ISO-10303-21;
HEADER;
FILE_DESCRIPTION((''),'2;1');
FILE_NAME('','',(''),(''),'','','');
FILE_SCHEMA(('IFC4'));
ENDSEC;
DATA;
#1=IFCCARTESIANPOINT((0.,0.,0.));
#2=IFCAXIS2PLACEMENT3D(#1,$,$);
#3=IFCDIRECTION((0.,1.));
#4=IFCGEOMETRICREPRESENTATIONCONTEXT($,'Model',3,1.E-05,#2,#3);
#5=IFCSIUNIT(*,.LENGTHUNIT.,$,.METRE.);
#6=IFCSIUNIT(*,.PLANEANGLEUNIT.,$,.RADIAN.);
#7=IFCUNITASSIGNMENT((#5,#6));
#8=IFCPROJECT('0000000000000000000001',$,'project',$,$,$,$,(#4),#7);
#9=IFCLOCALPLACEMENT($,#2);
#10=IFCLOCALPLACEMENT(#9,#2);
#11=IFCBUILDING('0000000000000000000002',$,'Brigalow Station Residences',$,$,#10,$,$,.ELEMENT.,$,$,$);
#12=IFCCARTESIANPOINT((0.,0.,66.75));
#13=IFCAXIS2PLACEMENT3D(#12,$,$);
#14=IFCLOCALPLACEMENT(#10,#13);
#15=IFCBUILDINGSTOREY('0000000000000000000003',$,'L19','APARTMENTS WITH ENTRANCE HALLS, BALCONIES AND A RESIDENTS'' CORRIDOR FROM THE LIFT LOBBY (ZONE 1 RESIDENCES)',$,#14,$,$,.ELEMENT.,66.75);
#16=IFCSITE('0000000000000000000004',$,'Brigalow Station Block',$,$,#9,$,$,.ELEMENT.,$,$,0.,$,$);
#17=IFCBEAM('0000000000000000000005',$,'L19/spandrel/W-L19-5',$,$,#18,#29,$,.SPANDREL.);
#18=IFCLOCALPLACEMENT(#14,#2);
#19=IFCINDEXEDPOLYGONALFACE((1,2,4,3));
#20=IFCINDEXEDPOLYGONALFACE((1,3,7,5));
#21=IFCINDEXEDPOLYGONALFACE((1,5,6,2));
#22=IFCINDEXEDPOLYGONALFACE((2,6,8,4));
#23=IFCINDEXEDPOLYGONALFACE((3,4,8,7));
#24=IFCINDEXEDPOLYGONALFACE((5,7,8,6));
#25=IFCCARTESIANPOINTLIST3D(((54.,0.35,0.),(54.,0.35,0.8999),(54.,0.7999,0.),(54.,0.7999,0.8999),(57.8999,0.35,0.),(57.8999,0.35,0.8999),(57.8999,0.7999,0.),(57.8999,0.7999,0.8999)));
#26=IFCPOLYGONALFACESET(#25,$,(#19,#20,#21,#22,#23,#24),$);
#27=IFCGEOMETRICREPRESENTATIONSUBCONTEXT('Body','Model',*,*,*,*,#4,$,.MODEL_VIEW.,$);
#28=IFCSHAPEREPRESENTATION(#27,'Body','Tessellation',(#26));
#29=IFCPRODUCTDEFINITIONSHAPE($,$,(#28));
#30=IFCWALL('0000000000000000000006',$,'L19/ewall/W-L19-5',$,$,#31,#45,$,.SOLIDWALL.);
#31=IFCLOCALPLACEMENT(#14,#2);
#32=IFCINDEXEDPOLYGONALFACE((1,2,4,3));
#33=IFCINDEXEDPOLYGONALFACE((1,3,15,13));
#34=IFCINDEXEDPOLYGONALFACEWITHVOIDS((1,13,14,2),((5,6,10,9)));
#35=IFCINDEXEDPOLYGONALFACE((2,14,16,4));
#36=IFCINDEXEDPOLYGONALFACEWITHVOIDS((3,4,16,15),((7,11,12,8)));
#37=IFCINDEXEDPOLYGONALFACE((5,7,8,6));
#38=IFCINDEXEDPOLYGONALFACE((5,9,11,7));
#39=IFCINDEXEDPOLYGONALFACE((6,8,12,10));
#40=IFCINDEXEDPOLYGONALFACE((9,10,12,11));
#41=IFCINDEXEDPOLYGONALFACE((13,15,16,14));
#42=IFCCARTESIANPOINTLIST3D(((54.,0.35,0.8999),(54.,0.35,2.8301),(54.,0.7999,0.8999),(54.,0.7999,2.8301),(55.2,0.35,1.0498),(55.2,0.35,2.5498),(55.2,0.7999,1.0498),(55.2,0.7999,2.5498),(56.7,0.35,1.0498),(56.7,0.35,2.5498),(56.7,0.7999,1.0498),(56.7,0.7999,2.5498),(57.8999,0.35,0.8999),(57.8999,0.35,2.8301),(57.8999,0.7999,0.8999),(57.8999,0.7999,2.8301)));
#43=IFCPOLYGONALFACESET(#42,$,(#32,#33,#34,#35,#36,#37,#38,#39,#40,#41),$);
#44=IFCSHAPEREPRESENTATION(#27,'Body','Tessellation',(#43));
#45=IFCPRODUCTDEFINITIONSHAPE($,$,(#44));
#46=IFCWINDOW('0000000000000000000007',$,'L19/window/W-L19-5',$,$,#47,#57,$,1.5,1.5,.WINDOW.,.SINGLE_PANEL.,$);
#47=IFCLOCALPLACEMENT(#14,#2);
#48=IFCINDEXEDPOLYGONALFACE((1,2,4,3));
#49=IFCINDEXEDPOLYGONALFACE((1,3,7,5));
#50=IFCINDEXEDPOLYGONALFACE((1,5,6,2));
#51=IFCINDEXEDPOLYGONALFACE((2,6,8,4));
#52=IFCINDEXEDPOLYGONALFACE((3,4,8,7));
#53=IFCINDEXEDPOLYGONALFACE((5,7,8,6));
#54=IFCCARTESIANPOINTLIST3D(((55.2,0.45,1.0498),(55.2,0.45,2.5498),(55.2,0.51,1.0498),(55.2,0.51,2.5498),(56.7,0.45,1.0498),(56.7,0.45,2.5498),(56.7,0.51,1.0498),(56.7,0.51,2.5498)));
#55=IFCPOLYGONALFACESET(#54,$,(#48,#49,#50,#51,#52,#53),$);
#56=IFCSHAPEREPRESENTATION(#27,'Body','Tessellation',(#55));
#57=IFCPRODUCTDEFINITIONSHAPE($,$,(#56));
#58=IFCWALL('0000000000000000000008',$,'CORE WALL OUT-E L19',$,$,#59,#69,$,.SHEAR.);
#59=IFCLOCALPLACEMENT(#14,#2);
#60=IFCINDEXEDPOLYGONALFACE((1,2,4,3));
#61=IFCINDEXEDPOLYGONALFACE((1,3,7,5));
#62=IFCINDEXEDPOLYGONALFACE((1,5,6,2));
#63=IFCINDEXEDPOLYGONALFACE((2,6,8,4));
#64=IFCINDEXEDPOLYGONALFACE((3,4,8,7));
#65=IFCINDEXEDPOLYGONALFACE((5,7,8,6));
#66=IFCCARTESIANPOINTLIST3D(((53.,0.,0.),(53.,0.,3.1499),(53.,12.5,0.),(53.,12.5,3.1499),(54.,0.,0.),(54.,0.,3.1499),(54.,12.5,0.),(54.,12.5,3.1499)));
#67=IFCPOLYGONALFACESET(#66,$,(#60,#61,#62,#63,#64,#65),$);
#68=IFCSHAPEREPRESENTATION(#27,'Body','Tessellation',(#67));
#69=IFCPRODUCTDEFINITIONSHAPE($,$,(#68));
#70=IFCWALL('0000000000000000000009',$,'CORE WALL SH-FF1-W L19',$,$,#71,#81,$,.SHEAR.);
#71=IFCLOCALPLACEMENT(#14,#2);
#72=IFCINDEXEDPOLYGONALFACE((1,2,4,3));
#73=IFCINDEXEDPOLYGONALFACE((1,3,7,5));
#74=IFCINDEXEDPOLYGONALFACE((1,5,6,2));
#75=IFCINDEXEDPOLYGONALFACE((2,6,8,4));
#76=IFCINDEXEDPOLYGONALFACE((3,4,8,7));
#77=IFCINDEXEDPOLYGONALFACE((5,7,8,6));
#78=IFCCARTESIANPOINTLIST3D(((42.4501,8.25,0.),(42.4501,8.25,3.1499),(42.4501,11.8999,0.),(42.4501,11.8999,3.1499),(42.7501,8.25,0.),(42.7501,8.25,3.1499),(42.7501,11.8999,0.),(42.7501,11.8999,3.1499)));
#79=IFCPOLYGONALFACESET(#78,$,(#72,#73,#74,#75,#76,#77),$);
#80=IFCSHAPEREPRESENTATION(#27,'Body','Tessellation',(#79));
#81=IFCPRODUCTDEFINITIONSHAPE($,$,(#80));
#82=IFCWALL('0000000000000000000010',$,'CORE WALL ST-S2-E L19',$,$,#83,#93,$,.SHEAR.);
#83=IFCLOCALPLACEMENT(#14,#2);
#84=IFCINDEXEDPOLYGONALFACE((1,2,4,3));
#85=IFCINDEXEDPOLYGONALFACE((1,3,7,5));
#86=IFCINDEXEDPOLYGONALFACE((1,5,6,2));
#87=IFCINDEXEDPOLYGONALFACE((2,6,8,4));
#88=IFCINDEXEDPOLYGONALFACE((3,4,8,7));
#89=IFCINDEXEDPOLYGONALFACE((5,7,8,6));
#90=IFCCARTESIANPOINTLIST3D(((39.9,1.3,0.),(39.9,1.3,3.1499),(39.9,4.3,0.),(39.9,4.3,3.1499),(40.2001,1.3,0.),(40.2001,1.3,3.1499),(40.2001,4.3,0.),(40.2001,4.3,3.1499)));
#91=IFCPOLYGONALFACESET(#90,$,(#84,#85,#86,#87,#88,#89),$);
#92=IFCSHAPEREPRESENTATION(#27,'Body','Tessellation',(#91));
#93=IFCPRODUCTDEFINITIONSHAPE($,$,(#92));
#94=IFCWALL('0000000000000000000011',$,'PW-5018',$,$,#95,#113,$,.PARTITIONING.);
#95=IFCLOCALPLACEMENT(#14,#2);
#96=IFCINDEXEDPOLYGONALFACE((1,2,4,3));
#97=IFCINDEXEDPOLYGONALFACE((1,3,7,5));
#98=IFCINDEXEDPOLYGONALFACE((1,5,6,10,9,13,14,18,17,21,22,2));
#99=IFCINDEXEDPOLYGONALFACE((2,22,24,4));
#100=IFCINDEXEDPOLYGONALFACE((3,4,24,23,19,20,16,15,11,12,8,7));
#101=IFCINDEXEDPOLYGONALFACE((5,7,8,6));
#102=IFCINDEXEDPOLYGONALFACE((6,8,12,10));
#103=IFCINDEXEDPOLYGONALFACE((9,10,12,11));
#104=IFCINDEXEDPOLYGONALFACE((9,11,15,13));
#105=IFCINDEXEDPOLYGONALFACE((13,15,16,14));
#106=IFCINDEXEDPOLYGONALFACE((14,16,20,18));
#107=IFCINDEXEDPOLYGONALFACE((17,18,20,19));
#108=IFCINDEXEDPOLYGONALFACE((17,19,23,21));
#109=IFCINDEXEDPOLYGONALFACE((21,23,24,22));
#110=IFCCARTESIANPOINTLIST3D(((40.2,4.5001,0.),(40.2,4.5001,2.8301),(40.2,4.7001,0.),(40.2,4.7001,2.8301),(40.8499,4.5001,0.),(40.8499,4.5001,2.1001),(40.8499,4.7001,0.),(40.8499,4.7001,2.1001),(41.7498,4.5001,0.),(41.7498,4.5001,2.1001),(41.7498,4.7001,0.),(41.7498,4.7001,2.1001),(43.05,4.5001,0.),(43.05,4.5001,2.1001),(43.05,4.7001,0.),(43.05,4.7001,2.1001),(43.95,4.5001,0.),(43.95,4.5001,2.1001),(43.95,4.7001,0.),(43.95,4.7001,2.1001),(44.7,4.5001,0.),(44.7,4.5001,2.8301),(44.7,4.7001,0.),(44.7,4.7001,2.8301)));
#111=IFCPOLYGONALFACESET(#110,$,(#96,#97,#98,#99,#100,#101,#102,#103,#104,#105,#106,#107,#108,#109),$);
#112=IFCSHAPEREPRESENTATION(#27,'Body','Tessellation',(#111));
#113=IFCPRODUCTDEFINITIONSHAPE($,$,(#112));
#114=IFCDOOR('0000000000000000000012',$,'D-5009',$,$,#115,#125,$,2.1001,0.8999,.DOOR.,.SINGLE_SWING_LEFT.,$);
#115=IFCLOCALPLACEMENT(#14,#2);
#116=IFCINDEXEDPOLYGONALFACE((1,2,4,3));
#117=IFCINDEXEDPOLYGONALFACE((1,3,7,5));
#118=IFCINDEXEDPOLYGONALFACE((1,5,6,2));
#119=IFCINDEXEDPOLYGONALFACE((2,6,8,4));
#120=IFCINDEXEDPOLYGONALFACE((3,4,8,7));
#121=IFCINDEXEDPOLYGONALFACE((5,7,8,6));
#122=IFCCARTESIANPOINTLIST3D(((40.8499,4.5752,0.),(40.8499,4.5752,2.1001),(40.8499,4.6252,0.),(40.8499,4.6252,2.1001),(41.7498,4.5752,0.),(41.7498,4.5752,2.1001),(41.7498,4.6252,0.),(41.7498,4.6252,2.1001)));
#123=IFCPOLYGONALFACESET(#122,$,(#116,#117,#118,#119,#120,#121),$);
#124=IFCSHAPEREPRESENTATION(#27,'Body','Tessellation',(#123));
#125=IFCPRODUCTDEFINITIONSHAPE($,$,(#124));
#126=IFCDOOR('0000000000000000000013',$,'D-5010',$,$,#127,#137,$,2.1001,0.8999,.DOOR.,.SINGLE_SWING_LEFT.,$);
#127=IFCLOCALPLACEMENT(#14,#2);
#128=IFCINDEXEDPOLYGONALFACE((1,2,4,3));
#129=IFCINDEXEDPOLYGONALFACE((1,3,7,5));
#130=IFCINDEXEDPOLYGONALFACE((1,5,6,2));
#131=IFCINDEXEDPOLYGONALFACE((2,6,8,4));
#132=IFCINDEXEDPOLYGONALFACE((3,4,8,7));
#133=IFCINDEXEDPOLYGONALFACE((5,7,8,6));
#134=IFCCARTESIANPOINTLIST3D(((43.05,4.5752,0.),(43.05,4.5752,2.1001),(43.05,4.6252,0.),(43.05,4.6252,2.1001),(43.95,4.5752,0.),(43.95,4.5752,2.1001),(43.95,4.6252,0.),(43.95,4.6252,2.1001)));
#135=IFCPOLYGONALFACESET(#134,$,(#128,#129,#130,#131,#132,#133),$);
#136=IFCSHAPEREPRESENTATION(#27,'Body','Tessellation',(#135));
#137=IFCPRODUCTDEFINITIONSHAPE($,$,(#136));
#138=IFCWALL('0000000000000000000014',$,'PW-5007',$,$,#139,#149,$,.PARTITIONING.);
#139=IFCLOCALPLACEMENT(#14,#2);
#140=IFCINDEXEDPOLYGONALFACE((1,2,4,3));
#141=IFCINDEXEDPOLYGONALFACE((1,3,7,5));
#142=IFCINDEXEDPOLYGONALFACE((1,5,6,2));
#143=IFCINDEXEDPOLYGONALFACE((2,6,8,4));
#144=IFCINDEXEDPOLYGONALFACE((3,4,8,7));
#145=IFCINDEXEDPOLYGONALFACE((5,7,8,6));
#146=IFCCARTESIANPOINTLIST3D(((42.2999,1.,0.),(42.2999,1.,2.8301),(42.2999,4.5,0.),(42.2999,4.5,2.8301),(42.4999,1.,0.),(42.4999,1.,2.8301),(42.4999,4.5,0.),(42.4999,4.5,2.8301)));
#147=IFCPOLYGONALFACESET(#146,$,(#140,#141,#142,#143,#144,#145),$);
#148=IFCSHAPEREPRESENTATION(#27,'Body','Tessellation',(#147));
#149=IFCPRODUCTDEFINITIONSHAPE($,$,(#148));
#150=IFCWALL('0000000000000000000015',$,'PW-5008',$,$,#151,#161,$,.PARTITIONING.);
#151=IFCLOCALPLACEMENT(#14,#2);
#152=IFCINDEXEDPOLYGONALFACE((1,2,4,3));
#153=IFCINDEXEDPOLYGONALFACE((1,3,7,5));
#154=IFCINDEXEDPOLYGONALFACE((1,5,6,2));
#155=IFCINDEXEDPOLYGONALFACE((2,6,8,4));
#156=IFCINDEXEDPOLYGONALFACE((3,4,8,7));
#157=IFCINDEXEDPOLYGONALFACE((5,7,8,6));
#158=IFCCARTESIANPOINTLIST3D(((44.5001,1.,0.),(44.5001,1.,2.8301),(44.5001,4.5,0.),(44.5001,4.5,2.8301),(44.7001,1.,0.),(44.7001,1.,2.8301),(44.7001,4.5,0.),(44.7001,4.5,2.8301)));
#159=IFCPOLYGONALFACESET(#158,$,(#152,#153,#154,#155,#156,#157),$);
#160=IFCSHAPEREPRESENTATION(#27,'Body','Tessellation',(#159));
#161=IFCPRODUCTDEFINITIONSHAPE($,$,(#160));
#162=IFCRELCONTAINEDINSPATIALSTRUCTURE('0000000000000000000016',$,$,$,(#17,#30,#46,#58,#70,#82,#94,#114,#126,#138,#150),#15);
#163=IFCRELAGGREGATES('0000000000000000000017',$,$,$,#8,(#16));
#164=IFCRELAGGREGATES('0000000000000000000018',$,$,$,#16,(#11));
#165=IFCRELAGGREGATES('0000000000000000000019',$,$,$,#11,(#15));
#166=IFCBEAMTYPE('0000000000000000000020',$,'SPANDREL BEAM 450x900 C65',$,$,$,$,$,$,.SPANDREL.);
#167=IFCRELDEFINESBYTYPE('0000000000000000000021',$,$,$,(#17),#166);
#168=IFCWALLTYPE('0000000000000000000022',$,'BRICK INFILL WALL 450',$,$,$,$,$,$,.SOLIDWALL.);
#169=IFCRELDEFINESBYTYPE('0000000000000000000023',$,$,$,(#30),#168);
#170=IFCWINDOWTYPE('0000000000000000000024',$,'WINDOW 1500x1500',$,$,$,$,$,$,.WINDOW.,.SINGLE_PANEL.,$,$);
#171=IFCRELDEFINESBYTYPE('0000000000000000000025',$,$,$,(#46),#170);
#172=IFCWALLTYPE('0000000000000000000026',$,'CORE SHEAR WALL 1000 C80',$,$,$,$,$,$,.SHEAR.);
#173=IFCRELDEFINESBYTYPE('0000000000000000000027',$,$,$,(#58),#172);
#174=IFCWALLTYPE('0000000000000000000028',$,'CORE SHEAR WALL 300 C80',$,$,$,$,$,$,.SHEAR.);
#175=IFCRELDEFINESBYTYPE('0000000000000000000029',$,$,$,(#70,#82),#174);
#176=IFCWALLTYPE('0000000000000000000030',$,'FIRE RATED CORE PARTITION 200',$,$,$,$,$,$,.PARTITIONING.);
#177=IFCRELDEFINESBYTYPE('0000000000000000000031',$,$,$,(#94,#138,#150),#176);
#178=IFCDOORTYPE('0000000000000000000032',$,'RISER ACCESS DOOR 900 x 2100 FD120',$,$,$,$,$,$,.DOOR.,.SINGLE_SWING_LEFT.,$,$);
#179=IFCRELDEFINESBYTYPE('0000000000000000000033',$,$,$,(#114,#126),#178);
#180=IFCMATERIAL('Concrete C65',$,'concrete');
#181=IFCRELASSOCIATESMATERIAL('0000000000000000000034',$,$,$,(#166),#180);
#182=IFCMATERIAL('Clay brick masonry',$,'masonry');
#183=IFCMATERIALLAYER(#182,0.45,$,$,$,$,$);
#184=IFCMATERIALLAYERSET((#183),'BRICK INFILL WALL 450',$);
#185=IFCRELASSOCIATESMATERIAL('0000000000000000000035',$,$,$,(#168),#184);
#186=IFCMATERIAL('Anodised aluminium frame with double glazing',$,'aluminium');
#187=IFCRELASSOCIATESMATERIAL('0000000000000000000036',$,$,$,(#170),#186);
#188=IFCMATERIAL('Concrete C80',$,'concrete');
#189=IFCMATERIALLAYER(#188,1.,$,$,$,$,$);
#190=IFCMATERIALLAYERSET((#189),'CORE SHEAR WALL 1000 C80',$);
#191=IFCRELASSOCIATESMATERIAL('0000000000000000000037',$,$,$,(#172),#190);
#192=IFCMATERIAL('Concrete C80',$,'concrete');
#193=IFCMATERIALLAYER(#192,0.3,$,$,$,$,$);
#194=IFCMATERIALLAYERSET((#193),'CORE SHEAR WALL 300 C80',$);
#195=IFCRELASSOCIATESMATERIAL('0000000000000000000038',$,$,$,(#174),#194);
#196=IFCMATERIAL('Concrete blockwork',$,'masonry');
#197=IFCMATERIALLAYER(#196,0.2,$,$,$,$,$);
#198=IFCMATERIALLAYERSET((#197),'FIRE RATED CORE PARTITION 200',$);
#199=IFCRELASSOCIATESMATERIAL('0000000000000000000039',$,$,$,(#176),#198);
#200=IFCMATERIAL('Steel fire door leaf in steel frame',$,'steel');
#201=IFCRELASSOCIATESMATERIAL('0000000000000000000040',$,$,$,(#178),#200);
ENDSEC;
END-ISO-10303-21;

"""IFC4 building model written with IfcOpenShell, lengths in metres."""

from ifc_helpers import new_model, si_unit, direction, frame, frame_2d, origin, origin_2d, place, context, subcontext, project, spatial, rectangle, extrude, material, layer, layer_set, material_profile, profile_set, type_object, element, fill, save


model = new_model("IFC4")

# Units and contexts
model_context = context("Model", 3, precision=1e-05, world=origin(), true_north=direction((0.0, 1.0)))
body_context = subcontext(model_context, "Body", "Model", "MODEL_VIEW")
ifc_project = project(units=[si_unit("LENGTHUNIT", "METRE"), si_unit("PLANEANGLEUNIT", "RADIAN")], contexts=[model_context])

# Site, building, storey
site_placement = place(None, origin())
site = spatial("IfcSite", under=ifc_project, at=site_placement, Name="Brigalow Station Block", CompositionType="ELEMENT", RefElevation=0.0)
building_placement = place(site_placement, origin())
building = spatial("IfcBuilding", under=site, at=building_placement, Name="Brigalow Station Residences", CompositionType="ELEMENT")
storey_placement = place(building_placement, frame((0.0, 0.0, 66.75)))
storey = spatial("IfcBuildingStorey", under=building, at=storey_placement, Name="L19", Description="APARTMENTS WITH ENTRANCE HALLS, BALCONIES AND A RESIDENTS' CORRIDOR FROM THE LIFT LOBBY (ZONE 1 RESIDENCES)", CompositionType="ELEMENT", Elevation=66.75)

# Beam
ifc_material_1 = material(Name="Concrete C65", Category="concrete")
ifc_material_profile = material_profile(ifc_material_1, rectangle(XDim=0.45, YDim=0.8999, at=origin_2d()), Name="RC450x900")
ifc_profile_set = profile_set([ifc_material_profile], Name="Concrete C65")
beam_type = type_object("IfcBeamType", Name="SPANDREL BEAM 450x900 C65", PredefinedType="SPANDREL", material=ifc_profile_set)
beam_placement = place(storey_placement, frame((54.0, 0.575, 0.45), z_axis=(1.0, 0.0, 0.0), x_axis=(0.0, 1.0, 0.0)))
element("IfcBeam", 1, at=beam_placement, inside=storey, type_object=beam_type, Name="L19/spandrel/W-L19-5", PredefinedType="SPANDREL", context=body_context, shape_type="SweptSolid", body=[
    extrude(rectangle(XDim=0.45, YDim=0.8999, at=origin_2d()), origin(), (0.0, 0.0, 1.0), 3.8999),
])

# Wall, opening, window
ifc_material_2 = material(Name="Clay brick masonry", Category="masonry")
ifc_layer_1 = layer(ifc_material_2, 0.45)
ifc_layer_set_1 = layer_set([ifc_layer_1], Name="BRICK INFILL WALL 450")
wall_type_1 = type_object("IfcWallType", Name="BRICK INFILL WALL 450", PredefinedType="SOLIDWALL", material=ifc_layer_set_1)
wall_1_placement = place(storey_placement, frame((54.0, 0.575, 0.8999), z_axis=(0.0, 0.0, 1.0), x_axis=(1.0, 0.0, 0.0)))
wall_1 = element("IfcWall", 2, at=wall_1_placement, inside=storey, type_object=wall_type_1, Name="L19/ewall/W-L19-5", PredefinedType="SOLIDWALL", context=body_context, shape_type="SweptSolid", body=[
    extrude(rectangle(XDim=3.8999, YDim=0.45, at=frame_2d((1.95, 0.0))), origin(), (0.0, 0.0, 1.0), 1.9302),
])
opening_1_placement = place(wall_1_placement, frame((1.2, 0.0, 0.1499)))
opening_1 = element("IfcOpeningElement", 3, at=opening_1_placement, cuts=wall_1, PredefinedType="OPENING", context=body_context, shape_type="SweptSolid", body=[
    extrude(rectangle(XDim=1.5, YDim=1.5, at=frame_2d((0.75, 0.75))), frame((0.0, 0.2349, 0.0), z_axis=(0.0, -1.0, 0.0), x_axis=(1.0, 0.0, 0.0)), (0.0, 0.0, 1.0), 0.47),
])
ifc_material_3 = material(Name="Anodised aluminium frame with double glazing", Category="aluminium")
window_type = type_object("IfcWindowType", Name="WINDOW 1500x1500", PartitioningType="SINGLE_PANEL", PredefinedType="WINDOW", material=ifc_material_3)
window_placement = place(opening_1_placement, origin())
window = element("IfcWindow", 4, at=window_placement, inside=storey, type_object=window_type, Name="L19/window/W-L19-5", OverallHeight=1.5, OverallWidth=1.5, PartitioningType="SINGLE_PANEL", PredefinedType="WINDOW", context=body_context, shape_type="SweptSolid", body=[
    extrude(rectangle(XDim=1.5, YDim=1.5, at=frame_2d((0.75, 0.75))), frame((0.0, -0.0649, 0.0), z_axis=(0.0, -1.0, 0.0), x_axis=(1.0, 0.0, 0.0)), (0.0, 0.0, 1.0), 0.0601),
])
fill(opening_1, window)

# Walls
ifc_material_4 = material(Name="Concrete C80", Category="concrete")
ifc_layer_2 = layer(ifc_material_4, 1.0)
ifc_layer_set_2 = layer_set([ifc_layer_2], Name="CORE SHEAR WALL 1000 C80")
wall_type_2 = type_object("IfcWallType", Name="CORE SHEAR WALL 1000 C80", PredefinedType="SHEAR", material=ifc_layer_set_2)
wall_2_placement = place(storey_placement, frame((53.5, 0.0, 0.0), z_axis=(0.0, 0.0, 1.0), x_axis=(0.0, 1.0, 0.0)))
element("IfcWall", 5, at=wall_2_placement, inside=storey, type_object=wall_type_2, Name="CORE WALL OUT-E L19", PredefinedType="SHEAR", context=body_context, shape_type="SweptSolid", body=[
    extrude(rectangle(XDim=12.5, YDim=1.0, at=frame_2d((6.25, 0.0))), origin(), (0.0, 0.0, 1.0), 3.1499),
])
ifc_material_5 = material(Name="Concrete C80", Category="concrete")
ifc_layer_3 = layer(ifc_material_5, 0.3)
ifc_layer_set_3 = layer_set([ifc_layer_3], Name="CORE SHEAR WALL 300 C80")
wall_type_3 = type_object("IfcWallType", Name="CORE SHEAR WALL 300 C80", PredefinedType="SHEAR", material=ifc_layer_set_3)
wall_3_placement = place(storey_placement, frame((42.6001, 8.25, 0.0), z_axis=(0.0, 0.0, 1.0), x_axis=(0.0, 1.0, 0.0)))
element("IfcWall", 6, at=wall_3_placement, inside=storey, type_object=wall_type_3, Name="CORE WALL SH-FF1-W L19", PredefinedType="SHEAR", context=body_context, shape_type="SweptSolid", body=[
    extrude(rectangle(XDim=3.6499, YDim=0.3, at=frame_2d((1.825, 0.0))), origin(), (0.0, 0.0, 1.0), 3.1499),
])
wall_4_placement = place(storey_placement, frame((40.05, 1.3, 0.0), z_axis=(0.0, 0.0, 1.0), x_axis=(0.0, 1.0, 0.0)))
element("IfcWall", 7, at=wall_4_placement, inside=storey, type_object=wall_type_3, Name="CORE WALL ST-S2-E L19", PredefinedType="SHEAR", context=body_context, shape_type="SweptSolid", body=[
    extrude(rectangle(XDim=3.0, YDim=0.3, at=frame_2d((1.5, 0.0))), origin(), (0.0, 0.0, 1.0), 3.1499),
])

# Wall, openings, doors
ifc_material_6 = material(Name="Concrete blockwork", Category="masonry")
ifc_layer_4 = layer(ifc_material_6, 0.2)
ifc_layer_set_4 = layer_set([ifc_layer_4], Name="FIRE RATED CORE PARTITION 200")
wall_type_4 = type_object("IfcWallType", Name="FIRE RATED CORE PARTITION 200", PredefinedType="PARTITIONING", material=ifc_layer_set_4)
wall_5_placement = place(storey_placement, frame((40.2, 4.6001, 0.0), z_axis=(0.0, 0.0, 1.0), x_axis=(1.0, 0.0, 0.0)))
wall_5 = element("IfcWall", 8, at=wall_5_placement, inside=storey, type_object=wall_type_4, Name="PW-5018", PredefinedType="PARTITIONING", context=body_context, shape_type="SweptSolid", body=[
    extrude(rectangle(XDim=4.5, YDim=0.2, at=frame_2d((2.25, 0.0))), origin(), (0.0, 0.0, 1.0), 2.8301),
])
opening_2_placement = place(wall_5_placement, frame((0.6499, 0.0, 0.0)))
opening_2 = element("IfcOpeningElement", 9, at=opening_2_placement, cuts=wall_5, PredefinedType="OPENING", context=body_context, shape_type="SweptSolid", body=[
    extrude(rectangle(XDim=0.8999, YDim=2.1001, at=frame_2d((0.45, 1.05))), frame((0.0, 0.1099, 0.0), z_axis=(0.0, -1.0, 0.0), x_axis=(1.0, 0.0, 0.0)), (0.0, 0.0, 1.0), 0.22),
])
opening_3_placement = place(wall_5_placement, frame((2.8501, 0.0, 0.0)))
opening_3 = element("IfcOpeningElement", 10, at=opening_3_placement, cuts=wall_5, PredefinedType="OPENING", context=body_context, shape_type="SweptSolid", body=[
    extrude(rectangle(XDim=0.8999, YDim=2.1001, at=frame_2d((0.45, 1.05))), frame((0.0, 0.1099, 0.0), z_axis=(0.0, -1.0, 0.0), x_axis=(1.0, 0.0, 0.0)), (0.0, 0.0, 1.0), 0.22),
])
ifc_material_7 = material(Name="Steel fire door leaf in steel frame", Category="steel")
door_type_1 = type_object("IfcDoorType", Name="RISER ACCESS DOOR 900 x 2100 FD120", OperationType="SINGLE_SWING_LEFT", PredefinedType="DOOR", material=ifc_material_7)
door_1_placement = place(opening_2_placement, frame((0.8999, 0.0, 0.0), z_axis=(0.0, 0.0, 1.0), x_axis=(-1.0, 0.0, 0.0)))
door_1 = element("IfcDoor", 11, at=door_1_placement, inside=storey, type_object=door_type_1, Name="D-5009", OperationType="SINGLE_SWING_LEFT", OverallHeight=2.1001, OverallWidth=0.8999, PredefinedType="DOOR", context=body_context, shape_type="SweptSolid", body=[
    extrude(rectangle(XDim=0.8999, YDim=2.1001, at=frame_2d((0.45, 1.05))), frame((0.0, 0.0249, 0.0), z_axis=(0.0, -1.0, 0.0), x_axis=(1.0, 0.0, 0.0)), (0.0, 0.0, 1.0), 0.05),
])
fill(opening_2, door_1)
door_2_placement = place(opening_3_placement, frame((0.8999, 0.0, 0.0), z_axis=(0.0, 0.0, 1.0), x_axis=(-1.0, 0.0, 0.0)))
door_2 = element("IfcDoor", 12, at=door_2_placement, inside=storey, type_object=door_type_1, Name="D-5010", OperationType="SINGLE_SWING_LEFT", OverallHeight=2.1001, OverallWidth=0.8999, PredefinedType="DOOR", context=body_context, shape_type="SweptSolid", body=[
    extrude(rectangle(XDim=0.8999, YDim=2.1001, at=frame_2d((0.45, 1.05))), frame((0.0, 0.0249, 0.0), z_axis=(0.0, -1.0, 0.0), x_axis=(1.0, 0.0, 0.0)), (0.0, 0.0, 1.0), 0.05),
])
fill(opening_3, door_2)

# Walls
for number, where, z_axis, x_axis, name in (
    (13, (42.3999, 1.0, 0.0), (0.0, 0.0, 1.0), (0.0, 1.0, 0.0), "PW-5007"),
    (14, (44.6001, 1.0, 0.0), (0.0, 0.0, 1.0), (0.0, 1.0, 0.0), "PW-5008"),
):
    element("IfcWall", number, at=place(storey_placement, frame(where, z_axis=z_axis, x_axis=x_axis)), inside=storey, type_object=wall_type_4, Name=name, PredefinedType="PARTITIONING", context=body_context, shape_type="SweptSolid", body=[
        extrude(rectangle(XDim=3.5, YDim=0.2, at=frame_2d((1.75, 0.0))), origin(), (0.0, 0.0, 1.0), 2.8301),
    ])

save(model, "model.ifc")
